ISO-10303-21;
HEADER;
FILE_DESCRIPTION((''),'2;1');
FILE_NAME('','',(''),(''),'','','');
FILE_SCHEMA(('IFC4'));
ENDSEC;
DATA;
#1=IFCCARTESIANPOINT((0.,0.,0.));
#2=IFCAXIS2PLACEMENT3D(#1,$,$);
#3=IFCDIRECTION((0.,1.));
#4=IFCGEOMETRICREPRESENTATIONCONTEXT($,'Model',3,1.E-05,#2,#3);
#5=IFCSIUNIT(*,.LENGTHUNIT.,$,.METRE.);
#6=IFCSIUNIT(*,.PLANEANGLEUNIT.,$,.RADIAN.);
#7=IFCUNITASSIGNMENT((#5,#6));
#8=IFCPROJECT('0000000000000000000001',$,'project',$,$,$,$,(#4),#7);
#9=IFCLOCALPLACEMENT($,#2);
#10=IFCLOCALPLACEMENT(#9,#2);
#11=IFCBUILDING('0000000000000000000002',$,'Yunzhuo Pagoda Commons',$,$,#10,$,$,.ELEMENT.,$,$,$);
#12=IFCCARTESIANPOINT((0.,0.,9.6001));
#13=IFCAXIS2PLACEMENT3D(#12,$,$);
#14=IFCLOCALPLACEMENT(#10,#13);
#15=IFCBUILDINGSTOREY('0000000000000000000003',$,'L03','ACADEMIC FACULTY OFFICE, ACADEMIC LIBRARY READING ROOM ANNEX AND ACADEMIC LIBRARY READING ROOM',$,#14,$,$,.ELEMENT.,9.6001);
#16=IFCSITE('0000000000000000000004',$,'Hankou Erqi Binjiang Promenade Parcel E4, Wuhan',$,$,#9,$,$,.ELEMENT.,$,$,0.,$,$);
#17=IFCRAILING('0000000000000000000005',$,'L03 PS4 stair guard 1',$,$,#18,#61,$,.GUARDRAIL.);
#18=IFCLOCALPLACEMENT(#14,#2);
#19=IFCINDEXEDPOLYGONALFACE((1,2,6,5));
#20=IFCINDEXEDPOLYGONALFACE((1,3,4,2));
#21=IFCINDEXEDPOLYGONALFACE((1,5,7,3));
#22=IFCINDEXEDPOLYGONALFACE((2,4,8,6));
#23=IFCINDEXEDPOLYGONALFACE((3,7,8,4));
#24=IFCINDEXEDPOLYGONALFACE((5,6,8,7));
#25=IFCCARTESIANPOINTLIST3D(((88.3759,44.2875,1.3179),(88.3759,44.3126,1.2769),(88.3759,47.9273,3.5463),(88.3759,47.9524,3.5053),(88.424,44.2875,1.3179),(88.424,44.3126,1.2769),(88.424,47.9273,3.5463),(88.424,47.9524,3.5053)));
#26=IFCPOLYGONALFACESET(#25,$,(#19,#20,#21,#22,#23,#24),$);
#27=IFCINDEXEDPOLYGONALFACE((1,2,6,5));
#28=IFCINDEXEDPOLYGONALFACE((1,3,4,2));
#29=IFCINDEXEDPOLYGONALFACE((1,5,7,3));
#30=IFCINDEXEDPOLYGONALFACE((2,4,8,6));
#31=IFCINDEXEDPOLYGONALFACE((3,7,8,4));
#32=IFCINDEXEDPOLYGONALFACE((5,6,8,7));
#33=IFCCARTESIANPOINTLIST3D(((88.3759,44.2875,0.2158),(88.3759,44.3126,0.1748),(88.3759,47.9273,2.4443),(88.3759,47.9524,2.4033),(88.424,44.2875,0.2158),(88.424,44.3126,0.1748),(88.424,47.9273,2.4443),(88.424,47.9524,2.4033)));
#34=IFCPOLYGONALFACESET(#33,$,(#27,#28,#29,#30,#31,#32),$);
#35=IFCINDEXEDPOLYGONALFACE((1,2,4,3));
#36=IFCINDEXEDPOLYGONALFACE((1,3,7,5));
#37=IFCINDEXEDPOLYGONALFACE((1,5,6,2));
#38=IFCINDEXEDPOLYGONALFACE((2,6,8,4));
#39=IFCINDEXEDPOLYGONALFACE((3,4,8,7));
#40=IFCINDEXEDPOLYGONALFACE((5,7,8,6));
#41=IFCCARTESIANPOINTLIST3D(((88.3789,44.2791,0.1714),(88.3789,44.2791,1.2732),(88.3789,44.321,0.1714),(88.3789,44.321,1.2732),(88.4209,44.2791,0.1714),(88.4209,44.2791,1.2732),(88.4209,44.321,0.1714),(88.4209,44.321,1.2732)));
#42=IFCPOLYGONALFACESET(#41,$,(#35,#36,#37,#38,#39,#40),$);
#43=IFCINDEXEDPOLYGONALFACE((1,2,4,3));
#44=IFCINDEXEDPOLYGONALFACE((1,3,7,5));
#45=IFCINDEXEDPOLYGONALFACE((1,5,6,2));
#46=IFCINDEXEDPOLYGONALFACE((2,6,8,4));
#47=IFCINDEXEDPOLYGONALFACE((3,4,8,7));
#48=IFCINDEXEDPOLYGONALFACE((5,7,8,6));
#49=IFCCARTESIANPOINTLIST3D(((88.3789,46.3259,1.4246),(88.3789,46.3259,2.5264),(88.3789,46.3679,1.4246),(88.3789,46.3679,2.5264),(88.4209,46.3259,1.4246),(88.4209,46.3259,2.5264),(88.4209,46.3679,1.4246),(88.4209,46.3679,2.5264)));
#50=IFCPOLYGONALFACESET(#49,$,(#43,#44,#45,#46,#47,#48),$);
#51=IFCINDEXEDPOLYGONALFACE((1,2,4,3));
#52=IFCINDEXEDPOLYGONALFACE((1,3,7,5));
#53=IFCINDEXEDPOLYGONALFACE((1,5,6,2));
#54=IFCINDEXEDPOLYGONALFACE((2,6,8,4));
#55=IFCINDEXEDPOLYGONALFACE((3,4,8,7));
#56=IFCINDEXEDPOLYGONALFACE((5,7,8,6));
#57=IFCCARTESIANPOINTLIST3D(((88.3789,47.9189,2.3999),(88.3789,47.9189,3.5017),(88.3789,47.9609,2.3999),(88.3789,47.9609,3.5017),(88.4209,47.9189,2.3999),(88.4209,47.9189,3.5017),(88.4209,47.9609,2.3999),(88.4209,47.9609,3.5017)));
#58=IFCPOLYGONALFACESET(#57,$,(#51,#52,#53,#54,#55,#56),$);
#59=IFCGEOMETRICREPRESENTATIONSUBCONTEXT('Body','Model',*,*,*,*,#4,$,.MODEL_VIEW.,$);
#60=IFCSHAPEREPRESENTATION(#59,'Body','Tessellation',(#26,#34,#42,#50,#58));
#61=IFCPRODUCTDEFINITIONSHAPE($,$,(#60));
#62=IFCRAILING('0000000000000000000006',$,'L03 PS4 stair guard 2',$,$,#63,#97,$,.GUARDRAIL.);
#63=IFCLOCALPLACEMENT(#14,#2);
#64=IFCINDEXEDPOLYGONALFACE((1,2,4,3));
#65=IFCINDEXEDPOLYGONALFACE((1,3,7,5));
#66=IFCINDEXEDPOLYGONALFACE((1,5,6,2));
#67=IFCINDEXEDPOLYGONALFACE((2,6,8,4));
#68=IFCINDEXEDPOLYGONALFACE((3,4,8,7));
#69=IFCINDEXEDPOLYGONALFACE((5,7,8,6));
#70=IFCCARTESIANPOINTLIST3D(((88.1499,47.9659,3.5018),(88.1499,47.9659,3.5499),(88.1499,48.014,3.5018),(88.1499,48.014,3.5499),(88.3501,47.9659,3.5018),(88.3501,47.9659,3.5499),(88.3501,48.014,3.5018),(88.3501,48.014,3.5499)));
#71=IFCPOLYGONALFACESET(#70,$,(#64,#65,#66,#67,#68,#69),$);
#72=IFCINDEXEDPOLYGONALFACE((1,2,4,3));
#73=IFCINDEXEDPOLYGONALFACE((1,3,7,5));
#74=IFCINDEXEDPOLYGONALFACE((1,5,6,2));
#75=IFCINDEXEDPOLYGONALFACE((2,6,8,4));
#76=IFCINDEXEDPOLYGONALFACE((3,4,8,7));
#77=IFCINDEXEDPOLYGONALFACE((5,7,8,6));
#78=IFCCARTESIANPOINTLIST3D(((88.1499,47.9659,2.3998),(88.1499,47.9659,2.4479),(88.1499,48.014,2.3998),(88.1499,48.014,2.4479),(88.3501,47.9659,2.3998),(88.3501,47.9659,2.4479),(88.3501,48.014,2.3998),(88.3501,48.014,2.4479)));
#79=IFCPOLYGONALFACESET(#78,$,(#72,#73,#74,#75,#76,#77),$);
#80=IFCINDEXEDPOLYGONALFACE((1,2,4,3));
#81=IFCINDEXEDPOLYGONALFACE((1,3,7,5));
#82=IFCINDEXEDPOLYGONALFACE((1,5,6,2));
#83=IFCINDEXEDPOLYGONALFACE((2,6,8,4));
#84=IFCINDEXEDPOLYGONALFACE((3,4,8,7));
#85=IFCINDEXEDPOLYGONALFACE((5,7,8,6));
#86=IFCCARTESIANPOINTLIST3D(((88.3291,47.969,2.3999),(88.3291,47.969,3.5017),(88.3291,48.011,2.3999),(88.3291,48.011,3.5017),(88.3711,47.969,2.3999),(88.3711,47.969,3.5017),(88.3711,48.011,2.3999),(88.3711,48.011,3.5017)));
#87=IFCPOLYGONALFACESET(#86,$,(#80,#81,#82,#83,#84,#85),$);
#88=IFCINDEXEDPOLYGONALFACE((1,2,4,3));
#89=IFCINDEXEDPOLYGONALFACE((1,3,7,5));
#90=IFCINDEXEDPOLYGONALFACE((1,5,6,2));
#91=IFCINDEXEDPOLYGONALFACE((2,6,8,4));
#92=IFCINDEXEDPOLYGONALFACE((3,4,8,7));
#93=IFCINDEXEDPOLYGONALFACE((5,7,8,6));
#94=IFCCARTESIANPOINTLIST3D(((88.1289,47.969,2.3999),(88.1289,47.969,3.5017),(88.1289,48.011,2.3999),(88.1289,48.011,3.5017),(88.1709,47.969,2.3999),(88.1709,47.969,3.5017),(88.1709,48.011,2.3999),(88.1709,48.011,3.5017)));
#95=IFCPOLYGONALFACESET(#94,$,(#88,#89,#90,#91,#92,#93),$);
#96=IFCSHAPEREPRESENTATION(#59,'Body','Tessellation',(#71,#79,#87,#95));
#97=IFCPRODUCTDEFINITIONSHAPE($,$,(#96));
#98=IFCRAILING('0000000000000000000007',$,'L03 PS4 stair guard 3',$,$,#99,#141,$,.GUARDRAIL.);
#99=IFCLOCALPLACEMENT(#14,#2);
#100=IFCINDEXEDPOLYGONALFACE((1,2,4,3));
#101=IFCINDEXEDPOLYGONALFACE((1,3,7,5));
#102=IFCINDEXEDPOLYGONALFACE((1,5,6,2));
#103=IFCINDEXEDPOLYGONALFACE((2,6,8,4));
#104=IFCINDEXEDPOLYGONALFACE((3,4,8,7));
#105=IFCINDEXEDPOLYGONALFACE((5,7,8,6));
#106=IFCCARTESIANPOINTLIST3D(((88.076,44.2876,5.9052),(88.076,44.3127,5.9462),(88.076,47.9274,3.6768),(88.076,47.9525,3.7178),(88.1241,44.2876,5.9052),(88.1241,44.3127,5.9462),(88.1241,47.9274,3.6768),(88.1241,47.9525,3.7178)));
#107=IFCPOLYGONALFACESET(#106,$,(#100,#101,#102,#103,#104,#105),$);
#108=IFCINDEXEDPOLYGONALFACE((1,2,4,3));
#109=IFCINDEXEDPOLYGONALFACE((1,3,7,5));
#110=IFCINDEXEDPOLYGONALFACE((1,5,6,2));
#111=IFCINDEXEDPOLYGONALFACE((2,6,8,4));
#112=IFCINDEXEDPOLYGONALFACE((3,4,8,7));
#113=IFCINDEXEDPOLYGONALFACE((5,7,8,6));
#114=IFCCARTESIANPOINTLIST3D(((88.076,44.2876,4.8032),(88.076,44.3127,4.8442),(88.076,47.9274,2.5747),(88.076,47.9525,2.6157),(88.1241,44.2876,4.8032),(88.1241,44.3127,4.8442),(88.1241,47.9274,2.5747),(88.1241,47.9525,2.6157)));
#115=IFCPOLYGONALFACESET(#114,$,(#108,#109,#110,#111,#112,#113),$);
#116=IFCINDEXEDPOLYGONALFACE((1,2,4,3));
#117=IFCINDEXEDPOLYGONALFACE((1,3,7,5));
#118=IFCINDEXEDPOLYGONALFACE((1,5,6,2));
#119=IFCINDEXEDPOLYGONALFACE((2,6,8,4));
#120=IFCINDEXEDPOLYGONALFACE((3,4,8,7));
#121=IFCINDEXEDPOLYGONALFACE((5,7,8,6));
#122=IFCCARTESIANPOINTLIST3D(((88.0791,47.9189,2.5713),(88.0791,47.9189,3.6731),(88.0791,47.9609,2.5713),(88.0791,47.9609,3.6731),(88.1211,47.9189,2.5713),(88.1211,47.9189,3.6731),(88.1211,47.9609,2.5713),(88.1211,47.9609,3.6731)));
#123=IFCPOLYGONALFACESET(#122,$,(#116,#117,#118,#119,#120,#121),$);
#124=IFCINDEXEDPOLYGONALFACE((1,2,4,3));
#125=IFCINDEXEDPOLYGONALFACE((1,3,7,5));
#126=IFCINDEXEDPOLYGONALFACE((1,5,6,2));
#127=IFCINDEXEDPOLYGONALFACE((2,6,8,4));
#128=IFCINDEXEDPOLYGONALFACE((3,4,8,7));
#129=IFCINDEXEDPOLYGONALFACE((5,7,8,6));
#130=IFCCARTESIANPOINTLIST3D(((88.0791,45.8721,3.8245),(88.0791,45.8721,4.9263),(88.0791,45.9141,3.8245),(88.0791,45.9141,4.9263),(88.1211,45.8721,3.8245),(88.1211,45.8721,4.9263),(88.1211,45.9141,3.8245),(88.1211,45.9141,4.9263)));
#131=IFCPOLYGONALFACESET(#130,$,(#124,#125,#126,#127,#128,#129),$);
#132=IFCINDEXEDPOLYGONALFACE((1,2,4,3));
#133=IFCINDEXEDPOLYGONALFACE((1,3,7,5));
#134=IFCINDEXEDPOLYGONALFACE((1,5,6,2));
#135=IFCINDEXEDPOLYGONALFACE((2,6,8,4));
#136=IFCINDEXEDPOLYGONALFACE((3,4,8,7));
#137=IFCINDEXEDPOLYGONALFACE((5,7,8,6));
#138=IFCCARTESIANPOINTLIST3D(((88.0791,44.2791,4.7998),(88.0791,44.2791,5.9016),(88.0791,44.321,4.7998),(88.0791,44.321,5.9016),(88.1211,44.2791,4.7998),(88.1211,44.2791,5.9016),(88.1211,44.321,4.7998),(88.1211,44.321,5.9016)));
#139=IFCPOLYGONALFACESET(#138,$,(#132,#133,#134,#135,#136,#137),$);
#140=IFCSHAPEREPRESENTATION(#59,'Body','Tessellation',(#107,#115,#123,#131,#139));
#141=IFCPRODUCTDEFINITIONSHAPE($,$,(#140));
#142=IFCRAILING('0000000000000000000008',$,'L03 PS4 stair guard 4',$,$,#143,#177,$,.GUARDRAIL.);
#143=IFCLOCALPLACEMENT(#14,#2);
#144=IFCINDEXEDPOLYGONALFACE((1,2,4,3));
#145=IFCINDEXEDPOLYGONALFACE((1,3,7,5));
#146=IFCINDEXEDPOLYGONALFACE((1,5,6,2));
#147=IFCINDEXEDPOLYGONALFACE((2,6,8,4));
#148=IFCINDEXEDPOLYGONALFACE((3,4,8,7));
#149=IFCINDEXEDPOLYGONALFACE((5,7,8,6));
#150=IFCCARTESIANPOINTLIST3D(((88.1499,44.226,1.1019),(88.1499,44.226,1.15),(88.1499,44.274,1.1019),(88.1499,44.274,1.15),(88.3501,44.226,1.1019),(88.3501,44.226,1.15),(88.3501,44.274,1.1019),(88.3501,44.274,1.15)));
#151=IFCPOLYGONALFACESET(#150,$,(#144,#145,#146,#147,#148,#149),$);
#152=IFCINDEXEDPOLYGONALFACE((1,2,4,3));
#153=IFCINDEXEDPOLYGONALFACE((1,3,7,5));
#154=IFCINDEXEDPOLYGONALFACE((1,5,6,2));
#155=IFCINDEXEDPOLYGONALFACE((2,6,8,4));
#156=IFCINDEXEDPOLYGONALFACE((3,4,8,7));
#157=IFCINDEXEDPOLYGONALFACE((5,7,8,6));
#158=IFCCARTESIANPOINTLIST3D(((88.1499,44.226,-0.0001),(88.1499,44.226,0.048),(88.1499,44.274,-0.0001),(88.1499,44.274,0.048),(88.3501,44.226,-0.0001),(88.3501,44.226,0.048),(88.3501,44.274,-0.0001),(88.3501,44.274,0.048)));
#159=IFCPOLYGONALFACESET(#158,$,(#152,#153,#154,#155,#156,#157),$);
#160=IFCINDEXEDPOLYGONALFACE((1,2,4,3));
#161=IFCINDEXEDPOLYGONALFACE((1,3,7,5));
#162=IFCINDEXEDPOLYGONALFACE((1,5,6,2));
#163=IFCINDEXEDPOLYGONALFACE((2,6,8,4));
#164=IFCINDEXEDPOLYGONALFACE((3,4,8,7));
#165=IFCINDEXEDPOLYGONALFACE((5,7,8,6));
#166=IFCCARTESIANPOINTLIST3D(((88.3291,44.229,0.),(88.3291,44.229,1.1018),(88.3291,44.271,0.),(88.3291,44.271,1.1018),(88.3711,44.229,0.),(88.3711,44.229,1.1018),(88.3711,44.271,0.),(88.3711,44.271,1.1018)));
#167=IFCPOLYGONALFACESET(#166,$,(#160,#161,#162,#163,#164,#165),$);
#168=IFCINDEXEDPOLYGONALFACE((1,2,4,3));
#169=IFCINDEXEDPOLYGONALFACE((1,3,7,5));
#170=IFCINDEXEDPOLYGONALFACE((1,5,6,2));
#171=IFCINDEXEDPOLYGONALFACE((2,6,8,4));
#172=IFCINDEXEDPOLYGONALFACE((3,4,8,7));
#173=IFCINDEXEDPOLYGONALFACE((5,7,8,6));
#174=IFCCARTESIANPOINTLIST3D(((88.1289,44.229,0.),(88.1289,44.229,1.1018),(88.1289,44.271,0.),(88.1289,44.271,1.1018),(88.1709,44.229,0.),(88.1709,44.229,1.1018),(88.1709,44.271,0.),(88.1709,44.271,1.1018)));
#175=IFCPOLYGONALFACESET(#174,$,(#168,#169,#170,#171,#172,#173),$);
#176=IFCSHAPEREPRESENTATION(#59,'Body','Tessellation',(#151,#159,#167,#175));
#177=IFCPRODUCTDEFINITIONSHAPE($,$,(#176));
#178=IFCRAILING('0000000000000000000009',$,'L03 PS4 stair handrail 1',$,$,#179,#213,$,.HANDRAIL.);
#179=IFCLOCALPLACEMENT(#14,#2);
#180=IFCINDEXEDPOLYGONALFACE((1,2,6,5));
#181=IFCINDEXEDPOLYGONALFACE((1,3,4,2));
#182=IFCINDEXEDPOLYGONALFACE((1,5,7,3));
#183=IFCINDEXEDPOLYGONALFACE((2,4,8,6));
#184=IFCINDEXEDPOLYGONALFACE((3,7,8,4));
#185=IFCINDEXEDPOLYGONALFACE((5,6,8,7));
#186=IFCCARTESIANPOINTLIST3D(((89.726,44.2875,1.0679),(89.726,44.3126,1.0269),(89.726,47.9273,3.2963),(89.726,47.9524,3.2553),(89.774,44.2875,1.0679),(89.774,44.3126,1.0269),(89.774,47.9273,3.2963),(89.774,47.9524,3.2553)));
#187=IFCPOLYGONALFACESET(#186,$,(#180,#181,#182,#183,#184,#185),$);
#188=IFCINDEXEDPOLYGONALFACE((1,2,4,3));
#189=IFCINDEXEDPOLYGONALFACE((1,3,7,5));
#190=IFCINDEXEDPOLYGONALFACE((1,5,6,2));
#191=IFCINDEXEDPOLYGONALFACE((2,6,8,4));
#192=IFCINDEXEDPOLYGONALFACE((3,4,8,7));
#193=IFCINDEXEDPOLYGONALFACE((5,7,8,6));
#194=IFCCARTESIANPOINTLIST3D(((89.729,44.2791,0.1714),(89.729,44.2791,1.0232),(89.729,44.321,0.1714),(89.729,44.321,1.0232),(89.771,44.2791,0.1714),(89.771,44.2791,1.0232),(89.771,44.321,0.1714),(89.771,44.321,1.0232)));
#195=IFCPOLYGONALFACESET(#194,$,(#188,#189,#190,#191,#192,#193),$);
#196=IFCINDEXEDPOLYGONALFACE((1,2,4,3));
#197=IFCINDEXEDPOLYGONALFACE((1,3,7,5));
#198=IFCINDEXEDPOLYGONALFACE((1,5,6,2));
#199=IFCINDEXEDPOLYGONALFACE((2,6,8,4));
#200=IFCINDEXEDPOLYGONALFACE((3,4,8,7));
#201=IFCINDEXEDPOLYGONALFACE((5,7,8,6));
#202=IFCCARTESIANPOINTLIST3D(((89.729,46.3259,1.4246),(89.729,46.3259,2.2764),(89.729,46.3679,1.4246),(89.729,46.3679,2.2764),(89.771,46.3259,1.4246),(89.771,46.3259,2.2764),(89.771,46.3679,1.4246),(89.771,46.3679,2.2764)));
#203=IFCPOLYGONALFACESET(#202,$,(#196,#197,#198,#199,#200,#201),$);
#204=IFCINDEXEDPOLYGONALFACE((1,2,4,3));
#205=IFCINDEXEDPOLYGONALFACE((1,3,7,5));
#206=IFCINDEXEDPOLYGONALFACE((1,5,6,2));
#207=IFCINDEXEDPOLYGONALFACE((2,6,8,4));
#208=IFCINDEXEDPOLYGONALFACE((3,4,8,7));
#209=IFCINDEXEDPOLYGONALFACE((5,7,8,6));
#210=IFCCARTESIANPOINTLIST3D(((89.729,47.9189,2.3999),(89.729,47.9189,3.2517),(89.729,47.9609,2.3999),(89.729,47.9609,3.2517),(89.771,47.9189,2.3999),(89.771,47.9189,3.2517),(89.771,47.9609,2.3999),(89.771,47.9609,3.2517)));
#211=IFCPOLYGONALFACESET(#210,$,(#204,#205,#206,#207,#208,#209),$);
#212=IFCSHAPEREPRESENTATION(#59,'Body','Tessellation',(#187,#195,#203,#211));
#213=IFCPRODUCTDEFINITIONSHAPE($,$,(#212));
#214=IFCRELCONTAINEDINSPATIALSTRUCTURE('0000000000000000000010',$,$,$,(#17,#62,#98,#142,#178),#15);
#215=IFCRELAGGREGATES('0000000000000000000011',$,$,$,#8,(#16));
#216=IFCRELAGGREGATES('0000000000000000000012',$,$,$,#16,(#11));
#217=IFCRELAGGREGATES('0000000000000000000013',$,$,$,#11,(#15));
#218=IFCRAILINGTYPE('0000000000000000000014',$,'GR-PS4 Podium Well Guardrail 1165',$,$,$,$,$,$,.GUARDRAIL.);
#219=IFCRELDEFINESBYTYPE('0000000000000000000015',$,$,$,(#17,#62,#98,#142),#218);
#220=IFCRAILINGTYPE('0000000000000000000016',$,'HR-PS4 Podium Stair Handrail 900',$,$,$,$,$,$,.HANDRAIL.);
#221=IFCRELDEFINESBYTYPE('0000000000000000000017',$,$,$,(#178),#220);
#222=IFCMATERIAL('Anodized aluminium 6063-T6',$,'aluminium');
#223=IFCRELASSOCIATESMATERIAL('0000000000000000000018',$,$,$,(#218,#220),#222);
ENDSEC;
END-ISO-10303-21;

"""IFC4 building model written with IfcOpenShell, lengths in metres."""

from ifc_helpers import new_model, si_unit, direction, frame, origin, origin_2d, place, context, subcontext, project, spatial, rectangle, extrude, material, type_object, element, save


model = new_model("IFC4")

# Units and contexts
model_context = context("Model", 3, precision=1e-05, world=origin(), true_north=direction((0.0, 1.0)))
body_context = subcontext(model_context, "Body", "Model", "MODEL_VIEW")
ifc_project = project(units=[si_unit("LENGTHUNIT", "METRE"), si_unit("PLANEANGLEUNIT", "RADIAN")], contexts=[model_context])

# Site, building, storey
site_placement = place(None, origin())
site = spatial("IfcSite", under=ifc_project, at=site_placement, Name="Hankou Erqi Binjiang Promenade Parcel E4, Wuhan", CompositionType="ELEMENT", RefElevation=0.0)
building_placement = place(site_placement, origin())
building = spatial("IfcBuilding", under=site, at=building_placement, Name="Yunzhuo Pagoda Commons", CompositionType="ELEMENT")
storey_placement = place(building_placement, frame((0.0, 0.0, 9.6001)))
storey = spatial("IfcBuildingStorey", under=building, at=storey_placement, Name="L03", Description="ACADEMIC FACULTY OFFICE, ACADEMIC LIBRARY READING ROOM ANNEX AND ACADEMIC LIBRARY READING ROOM", CompositionType="ELEMENT", Elevation=9.6001)

# Railings
ifc_material_1 = material(Name="Anodized aluminium 6063-T6", Category="aluminium")
railing_type_1 = type_object("IfcRailingType", Name="GR-PS4 Podium Well Guardrail 1165", PredefinedType="GUARDRAIL", material=ifc_material_1)
railing_1_placement = place(storey_placement, frame((88.3999, 44.3, 0.1714)))
element("IfcRailing", 1, at=railing_1_placement, inside=storey, type_object=railing_type_1, Name="L03 PS4 stair guard 1", PredefinedType="GUARDRAIL", context=body_context, shape_type="SweptSolid", body=[
    extrude(rectangle(XDim=0.0481, YDim=0.0481, at=origin_2d()), frame((0.0, 0.0, 1.126), z_axis=(0.0, 0.85285, 0.522156), x_axis=(-1.0, 0.0, 0.0)), (0.0, 0.0, 1.0), 4.2678),
    extrude(rectangle(XDim=0.0481, YDim=0.0481, at=origin_2d()), frame((0.0, 0.0, 0.0239), z_axis=(0.0, 0.85285, 0.522156), x_axis=(-1.0, 0.0, 0.0)), (0.0, 0.0, 1.0), 4.2678),
    extrude(rectangle(XDim=0.042, YDim=0.042, at=origin_2d()), origin(), (0.0, 0.0, 1.0), 1.1018),
    extrude(rectangle(XDim=0.042, YDim=0.042, at=origin_2d()), frame((0.0, 2.0469, 1.2532)), (0.0, 0.0, 1.0), 1.1018),
    extrude(rectangle(XDim=0.042, YDim=0.042, at=origin_2d()), frame((0.0, 3.6399, 2.2285)), (0.0, 0.0, 1.0), 1.1018),
])
railing_2_placement = place(storey_placement, frame((88.3501, 47.99, 2.3999)))
element("IfcRailing", 2, at=railing_2_placement, inside=storey, type_object=railing_type_1, Name="L03 PS4 stair guard 2", PredefinedType="GUARDRAIL", context=body_context, shape_type="SweptSolid", body=[
    extrude(rectangle(XDim=0.0481, YDim=0.0481, at=origin_2d()), frame((0.0, 0.0, 1.126), z_axis=(-1.0, 0.0, 0.0), x_axis=(0.0, -1.0, 0.0)), (0.0, 0.0, 1.0), 0.2002),
    extrude(rectangle(XDim=0.0481, YDim=0.0481, at=origin_2d()), frame((0.0, 0.0, 0.0239), z_axis=(-1.0, 0.0, 0.0), x_axis=(0.0, -1.0, 0.0)), (0.0, 0.0, 1.0), 0.2002),
    extrude(rectangle(XDim=0.042, YDim=0.042, at=origin_2d()), origin(), (0.0, 0.0, 1.0), 1.1018),
    extrude(rectangle(XDim=0.042, YDim=0.042, at=origin_2d()), frame((-0.2002, 0.0, 0.0)), (0.0, 0.0, 1.0), 1.1018),
])
railing_3_placement = place(storey_placement, frame((88.1001, 47.9399, 2.5713)))
element("IfcRailing", 3, at=railing_3_placement, inside=storey, type_object=railing_type_1, Name="L03 PS4 stair guard 3", PredefinedType="GUARDRAIL", context=body_context, shape_type="SweptSolid", body=[
    extrude(rectangle(XDim=0.0481, YDim=0.0481, at=origin_2d()), frame((0.0, 0.0, 1.126), z_axis=(0.0, -0.85285, 0.522156), x_axis=(1.0, 0.0, 0.0)), (0.0, 0.0, 1.0), 4.2678),
    extrude(rectangle(XDim=0.0481, YDim=0.0481, at=origin_2d()), frame((0.0, 0.0, 0.0239), z_axis=(0.0, -0.85285, 0.522156), x_axis=(1.0, 0.0, 0.0)), (0.0, 0.0, 1.0), 4.2678),
    extrude(rectangle(XDim=0.042, YDim=0.042, at=origin_2d()), origin(), (0.0, 0.0, 1.0), 1.1018),
    extrude(rectangle(XDim=0.042, YDim=0.042, at=origin_2d()), frame((0.0, -2.0469, 1.2532)), (0.0, 0.0, 1.0), 1.1018),
    extrude(rectangle(XDim=0.042, YDim=0.042, at=origin_2d()), frame((0.0, -3.6399, 2.2285)), (0.0, 0.0, 1.0), 1.1018),
])
railing_4_placement = place(storey_placement, frame((88.3501, 44.25, 0.0)))
element("IfcRailing", 4, at=railing_4_placement, inside=storey, type_object=railing_type_1, Name="L03 PS4 stair guard 4", PredefinedType="GUARDRAIL", context=body_context, shape_type="SweptSolid", body=[
    extrude(rectangle(XDim=0.0481, YDim=0.0481, at=origin_2d()), frame((0.0, 0.0, 1.126), z_axis=(-1.0, 0.0, 0.0), x_axis=(0.0, -1.0, 0.0)), (0.0, 0.0, 1.0), 0.2002),
    extrude(rectangle(XDim=0.0481, YDim=0.0481, at=origin_2d()), frame((0.0, 0.0, 0.0239), z_axis=(-1.0, 0.0, 0.0), x_axis=(0.0, -1.0, 0.0)), (0.0, 0.0, 1.0), 0.2002),
    extrude(rectangle(XDim=0.042, YDim=0.042, at=origin_2d()), origin(), (0.0, 0.0, 1.0), 1.1018),
    extrude(rectangle(XDim=0.042, YDim=0.042, at=origin_2d()), frame((-0.2002, 0.0, 0.0)), (0.0, 0.0, 1.0), 1.1018),
])
railing_type_2 = type_object("IfcRailingType", Name="HR-PS4 Podium Stair Handrail 900", PredefinedType="HANDRAIL", material=ifc_material_1)
railing_5_placement = place(storey_placement, frame((89.75, 44.3, 0.1714)))
element("IfcRailing", 5, at=railing_5_placement, inside=storey, type_object=railing_type_2, Name="L03 PS4 stair handrail 1", PredefinedType="HANDRAIL", context=body_context, shape_type="SweptSolid", body=[
    extrude(rectangle(XDim=0.0481, YDim=0.0481, at=origin_2d()), frame((0.0, 0.0, 0.876), z_axis=(0.0, 0.85285, 0.522156), x_axis=(-1.0, 0.0, 0.0)), (0.0, 0.0, 1.0), 4.2678),
    extrude(rectangle(XDim=0.042, YDim=0.042, at=origin_2d()), origin(), (0.0, 0.0, 1.0), 0.8518),
    extrude(rectangle(XDim=0.042, YDim=0.042, at=origin_2d()), frame((0.0, 2.0469, 1.2532)), (0.0, 0.0, 1.0), 0.8518),
    extrude(rectangle(XDim=0.042, YDim=0.042, at=origin_2d()), frame((0.0, 3.6399, 2.2285)), (0.0, 0.0, 1.0), 0.8518),
])

save(model, "model.ifc")
